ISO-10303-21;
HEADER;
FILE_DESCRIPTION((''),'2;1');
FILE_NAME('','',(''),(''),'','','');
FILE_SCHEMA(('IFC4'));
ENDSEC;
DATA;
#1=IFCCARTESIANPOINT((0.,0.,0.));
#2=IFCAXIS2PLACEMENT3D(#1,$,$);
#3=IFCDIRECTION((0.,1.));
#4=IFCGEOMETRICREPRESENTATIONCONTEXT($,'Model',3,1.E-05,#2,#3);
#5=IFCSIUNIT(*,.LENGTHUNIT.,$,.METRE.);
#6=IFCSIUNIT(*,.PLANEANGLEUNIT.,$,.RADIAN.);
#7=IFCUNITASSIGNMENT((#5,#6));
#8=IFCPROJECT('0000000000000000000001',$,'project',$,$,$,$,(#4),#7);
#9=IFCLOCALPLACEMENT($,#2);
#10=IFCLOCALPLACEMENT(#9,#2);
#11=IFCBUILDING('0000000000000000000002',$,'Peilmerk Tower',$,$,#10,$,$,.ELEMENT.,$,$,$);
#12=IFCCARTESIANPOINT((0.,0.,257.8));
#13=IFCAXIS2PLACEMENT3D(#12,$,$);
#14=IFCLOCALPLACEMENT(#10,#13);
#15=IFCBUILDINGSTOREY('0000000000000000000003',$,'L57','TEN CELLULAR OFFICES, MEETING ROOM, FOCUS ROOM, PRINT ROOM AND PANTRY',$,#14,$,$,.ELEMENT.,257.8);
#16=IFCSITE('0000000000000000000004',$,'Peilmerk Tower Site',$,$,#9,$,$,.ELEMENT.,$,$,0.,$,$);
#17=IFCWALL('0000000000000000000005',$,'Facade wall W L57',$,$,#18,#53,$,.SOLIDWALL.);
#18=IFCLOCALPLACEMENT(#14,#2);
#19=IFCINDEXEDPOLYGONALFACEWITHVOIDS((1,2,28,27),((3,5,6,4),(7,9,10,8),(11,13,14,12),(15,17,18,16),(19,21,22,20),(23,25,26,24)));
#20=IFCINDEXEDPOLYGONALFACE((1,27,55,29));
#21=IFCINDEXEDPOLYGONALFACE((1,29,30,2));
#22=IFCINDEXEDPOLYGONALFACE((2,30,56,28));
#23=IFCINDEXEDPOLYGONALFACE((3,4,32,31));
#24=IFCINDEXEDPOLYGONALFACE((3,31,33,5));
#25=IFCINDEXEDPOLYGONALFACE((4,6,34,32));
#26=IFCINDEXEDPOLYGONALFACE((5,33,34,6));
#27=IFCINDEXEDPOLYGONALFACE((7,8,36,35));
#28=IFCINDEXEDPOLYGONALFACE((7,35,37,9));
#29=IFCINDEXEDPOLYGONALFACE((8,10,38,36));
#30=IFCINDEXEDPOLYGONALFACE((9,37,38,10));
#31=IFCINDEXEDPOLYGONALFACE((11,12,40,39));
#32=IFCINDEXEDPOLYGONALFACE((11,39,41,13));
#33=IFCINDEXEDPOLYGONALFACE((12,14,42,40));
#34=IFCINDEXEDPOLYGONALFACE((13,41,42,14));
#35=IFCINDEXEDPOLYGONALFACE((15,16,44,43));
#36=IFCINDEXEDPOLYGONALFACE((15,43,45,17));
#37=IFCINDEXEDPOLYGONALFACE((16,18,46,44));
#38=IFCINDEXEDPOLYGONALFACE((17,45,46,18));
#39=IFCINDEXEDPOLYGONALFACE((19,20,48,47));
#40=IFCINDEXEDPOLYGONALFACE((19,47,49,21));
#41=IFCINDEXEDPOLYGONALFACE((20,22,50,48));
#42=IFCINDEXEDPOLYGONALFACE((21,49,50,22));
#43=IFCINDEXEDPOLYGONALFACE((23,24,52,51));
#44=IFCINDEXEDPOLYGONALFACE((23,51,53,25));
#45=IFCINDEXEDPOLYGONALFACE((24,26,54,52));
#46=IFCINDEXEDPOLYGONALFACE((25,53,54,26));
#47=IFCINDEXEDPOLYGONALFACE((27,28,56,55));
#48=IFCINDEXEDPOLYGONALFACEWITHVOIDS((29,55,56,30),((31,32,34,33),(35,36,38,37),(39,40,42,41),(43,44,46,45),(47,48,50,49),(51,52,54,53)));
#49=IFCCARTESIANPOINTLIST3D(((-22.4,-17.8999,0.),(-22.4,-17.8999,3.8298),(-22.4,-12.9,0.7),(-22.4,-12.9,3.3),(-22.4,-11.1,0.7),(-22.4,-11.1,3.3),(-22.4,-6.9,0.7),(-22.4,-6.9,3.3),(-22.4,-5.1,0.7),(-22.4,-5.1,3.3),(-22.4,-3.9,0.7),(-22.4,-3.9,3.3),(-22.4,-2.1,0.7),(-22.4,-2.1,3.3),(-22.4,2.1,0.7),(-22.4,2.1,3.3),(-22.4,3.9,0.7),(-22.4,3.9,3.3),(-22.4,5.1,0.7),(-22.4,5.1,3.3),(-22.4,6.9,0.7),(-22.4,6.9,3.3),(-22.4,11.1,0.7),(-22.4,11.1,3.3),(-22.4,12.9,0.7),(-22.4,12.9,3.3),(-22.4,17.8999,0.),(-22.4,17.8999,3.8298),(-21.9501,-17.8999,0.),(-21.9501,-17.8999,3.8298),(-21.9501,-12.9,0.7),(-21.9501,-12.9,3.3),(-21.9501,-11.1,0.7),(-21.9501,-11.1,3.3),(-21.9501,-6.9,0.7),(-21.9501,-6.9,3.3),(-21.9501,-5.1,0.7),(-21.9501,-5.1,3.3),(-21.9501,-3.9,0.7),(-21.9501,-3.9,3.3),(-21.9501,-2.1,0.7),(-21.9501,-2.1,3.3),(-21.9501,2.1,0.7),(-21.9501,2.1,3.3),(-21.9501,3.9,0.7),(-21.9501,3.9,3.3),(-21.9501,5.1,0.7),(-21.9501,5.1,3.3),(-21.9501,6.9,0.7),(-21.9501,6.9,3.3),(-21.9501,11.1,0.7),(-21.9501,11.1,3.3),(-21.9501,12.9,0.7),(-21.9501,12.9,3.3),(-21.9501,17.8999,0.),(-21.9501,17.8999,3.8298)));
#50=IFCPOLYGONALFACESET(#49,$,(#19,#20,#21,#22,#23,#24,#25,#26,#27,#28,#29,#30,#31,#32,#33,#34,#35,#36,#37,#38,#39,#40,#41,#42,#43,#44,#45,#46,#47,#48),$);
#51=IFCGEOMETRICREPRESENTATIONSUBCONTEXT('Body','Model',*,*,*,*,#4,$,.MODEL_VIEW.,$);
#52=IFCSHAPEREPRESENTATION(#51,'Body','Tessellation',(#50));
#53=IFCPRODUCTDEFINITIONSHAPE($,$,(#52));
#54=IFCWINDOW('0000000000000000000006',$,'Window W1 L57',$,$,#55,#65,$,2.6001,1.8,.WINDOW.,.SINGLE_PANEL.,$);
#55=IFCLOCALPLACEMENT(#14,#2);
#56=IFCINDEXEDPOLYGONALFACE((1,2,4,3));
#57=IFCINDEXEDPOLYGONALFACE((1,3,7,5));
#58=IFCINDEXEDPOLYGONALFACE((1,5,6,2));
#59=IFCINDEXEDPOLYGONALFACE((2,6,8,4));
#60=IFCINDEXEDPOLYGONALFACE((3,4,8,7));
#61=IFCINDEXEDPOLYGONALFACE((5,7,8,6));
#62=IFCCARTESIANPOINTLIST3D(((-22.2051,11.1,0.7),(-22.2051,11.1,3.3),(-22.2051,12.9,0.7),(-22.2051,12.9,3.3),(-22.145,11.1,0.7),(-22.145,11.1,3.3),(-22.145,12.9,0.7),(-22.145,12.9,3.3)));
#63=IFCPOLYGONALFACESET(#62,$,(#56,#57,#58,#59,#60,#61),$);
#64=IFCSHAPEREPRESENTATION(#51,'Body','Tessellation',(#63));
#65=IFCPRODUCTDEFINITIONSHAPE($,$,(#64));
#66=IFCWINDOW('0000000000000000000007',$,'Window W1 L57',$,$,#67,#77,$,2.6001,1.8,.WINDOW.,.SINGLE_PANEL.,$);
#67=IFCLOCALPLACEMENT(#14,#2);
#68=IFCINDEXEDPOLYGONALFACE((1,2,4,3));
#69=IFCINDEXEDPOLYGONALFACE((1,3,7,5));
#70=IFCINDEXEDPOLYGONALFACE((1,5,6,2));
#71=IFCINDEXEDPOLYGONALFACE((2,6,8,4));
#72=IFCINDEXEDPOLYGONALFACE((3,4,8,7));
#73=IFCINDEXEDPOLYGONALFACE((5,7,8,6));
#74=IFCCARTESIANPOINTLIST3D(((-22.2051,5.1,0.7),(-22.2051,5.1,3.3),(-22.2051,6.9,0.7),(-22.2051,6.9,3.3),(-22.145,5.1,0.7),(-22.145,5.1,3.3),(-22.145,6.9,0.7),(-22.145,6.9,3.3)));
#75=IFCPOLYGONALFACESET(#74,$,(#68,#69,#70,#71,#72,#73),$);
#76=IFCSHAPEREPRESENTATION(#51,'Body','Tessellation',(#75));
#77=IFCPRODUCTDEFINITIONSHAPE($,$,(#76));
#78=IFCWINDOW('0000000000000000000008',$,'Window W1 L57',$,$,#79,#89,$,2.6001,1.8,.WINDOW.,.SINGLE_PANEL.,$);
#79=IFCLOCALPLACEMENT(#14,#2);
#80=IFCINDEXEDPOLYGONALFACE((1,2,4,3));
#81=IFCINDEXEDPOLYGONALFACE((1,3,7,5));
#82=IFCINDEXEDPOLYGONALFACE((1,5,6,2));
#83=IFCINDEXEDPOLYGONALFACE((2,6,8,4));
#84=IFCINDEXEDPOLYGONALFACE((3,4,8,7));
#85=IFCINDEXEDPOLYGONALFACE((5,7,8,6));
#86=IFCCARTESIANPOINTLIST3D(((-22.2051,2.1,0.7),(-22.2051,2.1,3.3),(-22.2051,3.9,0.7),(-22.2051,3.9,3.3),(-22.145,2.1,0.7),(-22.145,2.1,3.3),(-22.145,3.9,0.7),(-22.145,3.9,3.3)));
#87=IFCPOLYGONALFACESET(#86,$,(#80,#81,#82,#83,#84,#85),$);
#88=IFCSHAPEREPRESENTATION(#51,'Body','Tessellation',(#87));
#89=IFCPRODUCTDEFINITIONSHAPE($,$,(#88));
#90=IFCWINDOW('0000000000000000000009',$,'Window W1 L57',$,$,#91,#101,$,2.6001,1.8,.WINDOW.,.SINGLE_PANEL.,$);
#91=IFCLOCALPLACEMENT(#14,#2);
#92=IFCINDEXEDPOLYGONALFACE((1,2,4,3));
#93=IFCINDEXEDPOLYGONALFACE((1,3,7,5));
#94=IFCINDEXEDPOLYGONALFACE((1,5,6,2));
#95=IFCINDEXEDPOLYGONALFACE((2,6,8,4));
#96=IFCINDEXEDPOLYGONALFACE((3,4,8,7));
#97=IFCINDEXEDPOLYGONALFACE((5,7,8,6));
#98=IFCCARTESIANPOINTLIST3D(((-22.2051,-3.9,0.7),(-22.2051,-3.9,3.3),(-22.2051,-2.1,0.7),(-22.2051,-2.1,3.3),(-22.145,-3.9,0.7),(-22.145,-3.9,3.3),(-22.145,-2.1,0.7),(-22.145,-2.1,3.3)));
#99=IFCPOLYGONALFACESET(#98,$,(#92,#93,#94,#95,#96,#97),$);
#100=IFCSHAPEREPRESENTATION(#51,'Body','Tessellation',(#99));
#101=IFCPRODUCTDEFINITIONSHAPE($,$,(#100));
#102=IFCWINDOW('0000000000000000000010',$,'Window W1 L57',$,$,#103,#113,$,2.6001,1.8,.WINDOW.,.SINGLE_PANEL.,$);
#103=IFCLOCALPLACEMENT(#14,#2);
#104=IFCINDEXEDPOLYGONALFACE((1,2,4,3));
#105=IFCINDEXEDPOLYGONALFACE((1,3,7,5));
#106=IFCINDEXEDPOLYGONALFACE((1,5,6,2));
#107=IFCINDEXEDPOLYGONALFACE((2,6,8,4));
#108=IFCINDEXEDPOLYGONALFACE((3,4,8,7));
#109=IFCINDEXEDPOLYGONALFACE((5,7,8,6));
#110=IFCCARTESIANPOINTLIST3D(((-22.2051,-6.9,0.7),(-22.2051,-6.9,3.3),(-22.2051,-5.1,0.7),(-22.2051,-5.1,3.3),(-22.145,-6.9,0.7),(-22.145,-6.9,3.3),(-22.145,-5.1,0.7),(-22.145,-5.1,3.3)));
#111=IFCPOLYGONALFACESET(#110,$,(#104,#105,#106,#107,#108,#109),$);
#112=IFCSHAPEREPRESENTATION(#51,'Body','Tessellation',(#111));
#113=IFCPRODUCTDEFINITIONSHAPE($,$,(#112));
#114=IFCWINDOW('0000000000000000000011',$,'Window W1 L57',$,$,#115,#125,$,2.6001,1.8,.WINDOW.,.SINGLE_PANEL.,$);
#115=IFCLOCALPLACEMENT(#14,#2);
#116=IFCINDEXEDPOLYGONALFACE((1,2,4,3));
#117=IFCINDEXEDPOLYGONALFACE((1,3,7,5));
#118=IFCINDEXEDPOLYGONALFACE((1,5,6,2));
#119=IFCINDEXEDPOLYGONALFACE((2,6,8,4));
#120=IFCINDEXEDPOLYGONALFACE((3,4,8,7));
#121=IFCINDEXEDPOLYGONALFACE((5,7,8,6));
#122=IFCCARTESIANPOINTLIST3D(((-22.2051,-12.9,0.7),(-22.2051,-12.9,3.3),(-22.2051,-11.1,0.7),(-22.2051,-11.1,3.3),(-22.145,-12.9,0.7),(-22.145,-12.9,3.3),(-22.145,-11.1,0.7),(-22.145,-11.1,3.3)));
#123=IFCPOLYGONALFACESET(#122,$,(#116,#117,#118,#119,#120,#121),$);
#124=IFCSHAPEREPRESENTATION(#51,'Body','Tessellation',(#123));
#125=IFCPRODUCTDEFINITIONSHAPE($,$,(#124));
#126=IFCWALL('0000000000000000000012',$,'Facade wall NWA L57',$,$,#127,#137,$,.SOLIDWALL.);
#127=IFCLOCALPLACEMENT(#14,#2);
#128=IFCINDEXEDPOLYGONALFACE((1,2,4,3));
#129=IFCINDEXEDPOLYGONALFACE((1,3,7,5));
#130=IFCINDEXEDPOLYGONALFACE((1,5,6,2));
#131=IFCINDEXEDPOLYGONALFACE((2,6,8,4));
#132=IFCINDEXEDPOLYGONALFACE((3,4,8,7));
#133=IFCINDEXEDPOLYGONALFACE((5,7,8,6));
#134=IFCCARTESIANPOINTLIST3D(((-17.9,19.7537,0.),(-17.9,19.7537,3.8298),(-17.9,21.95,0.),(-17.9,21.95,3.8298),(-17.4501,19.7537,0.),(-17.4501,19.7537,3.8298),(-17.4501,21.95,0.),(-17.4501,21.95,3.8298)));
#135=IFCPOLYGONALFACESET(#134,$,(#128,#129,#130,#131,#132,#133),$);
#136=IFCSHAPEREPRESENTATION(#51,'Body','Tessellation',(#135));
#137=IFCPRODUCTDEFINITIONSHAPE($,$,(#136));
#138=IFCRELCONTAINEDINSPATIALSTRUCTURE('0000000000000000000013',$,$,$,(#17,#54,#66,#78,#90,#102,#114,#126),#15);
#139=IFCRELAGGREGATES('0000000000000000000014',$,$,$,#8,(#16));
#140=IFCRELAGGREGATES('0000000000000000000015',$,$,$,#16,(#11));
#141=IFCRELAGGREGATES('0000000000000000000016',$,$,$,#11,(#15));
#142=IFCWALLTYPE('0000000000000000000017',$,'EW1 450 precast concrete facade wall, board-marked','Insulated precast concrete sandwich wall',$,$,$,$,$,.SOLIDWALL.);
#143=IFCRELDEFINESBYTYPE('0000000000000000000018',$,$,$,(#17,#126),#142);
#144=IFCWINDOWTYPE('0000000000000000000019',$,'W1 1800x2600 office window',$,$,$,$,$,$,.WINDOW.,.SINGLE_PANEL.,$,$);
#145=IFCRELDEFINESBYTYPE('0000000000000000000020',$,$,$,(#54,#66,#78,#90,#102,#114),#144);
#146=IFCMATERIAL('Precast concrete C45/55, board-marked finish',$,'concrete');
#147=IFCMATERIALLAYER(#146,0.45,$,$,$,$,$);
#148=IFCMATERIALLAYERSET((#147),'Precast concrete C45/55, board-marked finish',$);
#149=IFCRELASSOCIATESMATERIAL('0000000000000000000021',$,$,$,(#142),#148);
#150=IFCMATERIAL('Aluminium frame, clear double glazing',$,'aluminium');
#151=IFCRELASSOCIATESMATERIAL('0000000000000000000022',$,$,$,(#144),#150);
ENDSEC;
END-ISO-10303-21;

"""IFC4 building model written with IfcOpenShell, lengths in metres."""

from ifc_helpers import new_model, si_unit, direction, frame, frame_2d, origin, place, context, subcontext, project, spatial, rectangle, extrude, material, layer, layer_set, type_object, element, fill, save


model = new_model("IFC4")

# Units and contexts
model_context = context("Model", 3, precision=1e-05, world=origin(), true_north=direction((0.0, 1.0)))
body_context = subcontext(model_context, "Body", "Model", "MODEL_VIEW")
ifc_project = project(units=[si_unit("LENGTHUNIT", "METRE"), si_unit("PLANEANGLEUNIT", "RADIAN")], contexts=[model_context])

# Site, building, storey
site_placement = place(None, origin())
site = spatial("IfcSite", under=ifc_project, at=site_placement, Name="Peilmerk Tower Site", CompositionType="ELEMENT", RefElevation=0.0)
building_placement = place(site_placement, origin())
building = spatial("IfcBuilding", under=site, at=building_placement, Name="Peilmerk Tower", CompositionType="ELEMENT")
storey_placement = place(building_placement, frame((0.0, 0.0, 257.8)))
storey = spatial("IfcBuildingStorey", under=building, at=storey_placement, Name="L57", Description="TEN CELLULAR OFFICES, MEETING ROOM, FOCUS ROOM, PRINT ROOM AND PANTRY", CompositionType="ELEMENT", Elevation=257.8)

# Wall, openings, windows
ifc_material_1 = material(Name="Precast concrete C45/55, board-marked finish", Category="concrete")
ifc_layer_1 = layer(ifc_material_1, 0.45)
ifc_layer_set_1 = layer_set([ifc_layer_1], Name="Precast concrete C45/55, board-marked finish")
wall_type = type_object("IfcWallType", Name="EW1 450 precast concrete facade wall, board-marked", Description="Insulated precast concrete sandwich wall", PredefinedType="SOLIDWALL", material=ifc_layer_set_1)
wall_1_placement = place(storey_placement, frame((-22.175, 17.8999, 0.0), z_axis=(0.0, 0.0, 1.0), x_axis=(0.0, -1.0, 0.0)))
wall_1 = element("IfcWall", 1, at=wall_1_placement, inside=storey, type_object=wall_type, Name="Facade wall W L57", PredefinedType="SOLIDWALL", context=body_context, shape_type="SweptSolid", body=[
    extrude(rectangle(XDim=35.7998, YDim=0.45, at=frame_2d((17.8999, 0.0))), origin(), (0.0, 0.0, 1.0), 3.8298),
])
opening_1_placement = place(wall_1_placement, frame((5.0, 0.0, 0.7)))
opening_1 = element("IfcOpeningElement", 2, at=opening_1_placement, cuts=wall_1, PredefinedType="OPENING", context=body_context, shape_type="SweptSolid", body=[
    extrude(rectangle(XDim=1.8, YDim=2.6001, at=frame_2d((0.8999, 1.3))), frame((0.0, 0.2349, 0.0), z_axis=(0.0, -1.0, 0.0), x_axis=(1.0, 0.0, 0.0)), (0.0, 0.0, 1.0), 0.47),
])
opening_2_placement = place(wall_1_placement, frame((11.0, 0.0, 0.7)))
opening_2 = element("IfcOpeningElement", 3, at=opening_2_placement, cuts=wall_1, PredefinedType="OPENING", context=body_context, shape_type="SweptSolid", body=[
    extrude(rectangle(XDim=1.8, YDim=2.6001, at=frame_2d((0.8999, 1.3))), frame((0.0, 0.2349, 0.0), z_axis=(0.0, -1.0, 0.0), x_axis=(1.0, 0.0, 0.0)), (0.0, 0.0, 1.0), 0.47),
])
opening_3_placement = place(wall_1_placement, frame((14.0, 0.0, 0.7)))
opening_3 = element("IfcOpeningElement", 4, at=opening_3_placement, cuts=wall_1, PredefinedType="OPENING", context=body_context, shape_type="SweptSolid", body=[
    extrude(rectangle(XDim=1.8, YDim=2.6001, at=frame_2d((0.8999, 1.3))), frame((0.0, 0.2349, 0.0), z_axis=(0.0, -1.0, 0.0), x_axis=(1.0, 0.0, 0.0)), (0.0, 0.0, 1.0), 0.47),
])
opening_4_placement = place(wall_1_placement, frame((20.0, 0.0, 0.7)))
opening_4 = element("IfcOpeningElement", 5, at=opening_4_placement, cuts=wall_1, PredefinedType="OPENING", context=body_context, shape_type="SweptSolid", body=[
    extrude(rectangle(XDim=1.8, YDim=2.6001, at=frame_2d((0.8999, 1.3))), frame((0.0, 0.2349, 0.0), z_axis=(0.0, -1.0, 0.0), x_axis=(1.0, 0.0, 0.0)), (0.0, 0.0, 1.0), 0.47),
])
opening_5_placement = place(wall_1_placement, frame((23.0, 0.0, 0.7)))
opening_5 = element("IfcOpeningElement", 6, at=opening_5_placement, cuts=wall_1, PredefinedType="OPENING", context=body_context, shape_type="SweptSolid", body=[
    extrude(rectangle(XDim=1.8, YDim=2.6001, at=frame_2d((0.8999, 1.3))), frame((0.0, 0.2349, 0.0), z_axis=(0.0, -1.0, 0.0), x_axis=(1.0, 0.0, 0.0)), (0.0, 0.0, 1.0), 0.47),
])
opening_6_placement = place(wall_1_placement, frame((29.0, 0.0, 0.7)))
opening_6 = element("IfcOpeningElement", 7, at=opening_6_placement, cuts=wall_1, PredefinedType="OPENING", context=body_context, shape_type="SweptSolid", body=[
    extrude(rectangle(XDim=1.8, YDim=2.6001, at=frame_2d((0.8999, 1.3))), frame((0.0, 0.2349, 0.0), z_axis=(0.0, -1.0, 0.0), x_axis=(1.0, 0.0, 0.0)), (0.0, 0.0, 1.0), 0.47),
])
ifc_material_2 = material(Name="Aluminium frame, clear double glazing", Category="aluminium")
window_type = type_object("IfcWindowType", Name="W1 1800x2600 office window", PartitioningType="SINGLE_PANEL", PredefinedType="WINDOW", material=ifc_material_2)
window_1_placement = place(opening_1_placement, origin())
window_1 = element("IfcWindow", 8, at=window_1_placement, inside=storey, type_object=window_type, Name="Window W1 L57", OverallHeight=2.6001, OverallWidth=1.8, PartitioningType="SINGLE_PANEL", PredefinedType="WINDOW", context=body_context, shape_type="SweptSolid", body=[
    extrude(rectangle(XDim=1.8, YDim=2.6001, at=frame_2d((0.8999, 1.3))), frame((0.0, 0.03, 0.0), z_axis=(0.0, -1.0, 0.0), x_axis=(1.0, 0.0, 0.0)), (0.0, 0.0, 1.0), 0.0601),
])
fill(opening_1, window_1)
window_2_placement = place(opening_2_placement, origin())
window_2 = element("IfcWindow", 9, at=window_2_placement, inside=storey, type_object=window_type, Name="Window W1 L57", OverallHeight=2.6001, OverallWidth=1.8, PartitioningType="SINGLE_PANEL", PredefinedType="WINDOW", context=body_context, shape_type="SweptSolid", body=[
    extrude(rectangle(XDim=1.8, YDim=2.6001, at=frame_2d((0.8999, 1.3))), frame((0.0, 0.03, 0.0), z_axis=(0.0, -1.0, 0.0), x_axis=(1.0, 0.0, 0.0)), (0.0, 0.0, 1.0), 0.0601),
])
fill(opening_2, window_2)
window_3_placement = place(opening_3_placement, origin())
window_3 = element("IfcWindow", 10, at=window_3_placement, inside=storey, type_object=window_type, Name="Window W1 L57", OverallHeight=2.6001, OverallWidth=1.8, PartitioningType="SINGLE_PANEL", PredefinedType="WINDOW", context=body_context, shape_type="SweptSolid", body=[
    extrude(rectangle(XDim=1.8, YDim=2.6001, at=frame_2d((0.8999, 1.3))), frame((0.0, 0.03, 0.0), z_axis=(0.0, -1.0, 0.0), x_axis=(1.0, 0.0, 0.0)), (0.0, 0.0, 1.0), 0.0601),
])
fill(opening_3, window_3)
window_4_placement = place(opening_4_placement, origin())
window_4 = element("IfcWindow", 11, at=window_4_placement, inside=storey, type_object=window_type, Name="Window W1 L57", OverallHeight=2.6001, OverallWidth=1.8, PartitioningType="SINGLE_PANEL", PredefinedType="WINDOW", context=body_context, shape_type="SweptSolid", body=[
    extrude(rectangle(XDim=1.8, YDim=2.6001, at=frame_2d((0.8999, 1.3))), frame((0.0, 0.03, 0.0), z_axis=(0.0, -1.0, 0.0), x_axis=(1.0, 0.0, 0.0)), (0.0, 0.0, 1.0), 0.0601),
])
fill(opening_4, window_4)
window_5_placement = place(opening_5_placement, origin())
window_5 = element("IfcWindow", 12, at=window_5_placement, inside=storey, type_object=window_type, Name="Window W1 L57", OverallHeight=2.6001, OverallWidth=1.8, PartitioningType="SINGLE_PANEL", PredefinedType="WINDOW", context=body_context, shape_type="SweptSolid", body=[
    extrude(rectangle(XDim=1.8, YDim=2.6001, at=frame_2d((0.8999, 1.3))), frame((0.0, 0.03, 0.0), z_axis=(0.0, -1.0, 0.0), x_axis=(1.0, 0.0, 0.0)), (0.0, 0.0, 1.0), 0.0601),
])
fill(opening_5, window_5)
window_6_placement = place(opening_6_placement, origin())
window_6 = element("IfcWindow", 13, at=window_6_placement, inside=storey, type_object=window_type, Name="Window W1 L57", OverallHeight=2.6001, OverallWidth=1.8, PartitioningType="SINGLE_PANEL", PredefinedType="WINDOW", context=body_context, shape_type="SweptSolid", body=[
    extrude(rectangle(XDim=1.8, YDim=2.6001, at=frame_2d((0.8999, 1.3))), frame((0.0, 0.03, 0.0), z_axis=(0.0, -1.0, 0.0), x_axis=(1.0, 0.0, 0.0)), (0.0, 0.0, 1.0), 0.0601),
])
fill(opening_6, window_6)

# Wall
wall_2_placement = place(storey_placement, frame((-17.675, 19.7537, 0.0), z_axis=(0.0, 0.0, 1.0), x_axis=(0.0, 1.0, 0.0)))
element("IfcWall", 14, at=wall_2_placement, inside=storey, type_object=wall_type, Name="Facade wall NWA L57", PredefinedType="SOLIDWALL", context=body_context, shape_type="SweptSolid", body=[
    extrude(rectangle(XDim=2.1963, YDim=0.45, at=frame_2d((1.0981, 0.0))), origin(), (0.0, 0.0, 1.0), 3.8298),
])

save(model, "model.ifc")
